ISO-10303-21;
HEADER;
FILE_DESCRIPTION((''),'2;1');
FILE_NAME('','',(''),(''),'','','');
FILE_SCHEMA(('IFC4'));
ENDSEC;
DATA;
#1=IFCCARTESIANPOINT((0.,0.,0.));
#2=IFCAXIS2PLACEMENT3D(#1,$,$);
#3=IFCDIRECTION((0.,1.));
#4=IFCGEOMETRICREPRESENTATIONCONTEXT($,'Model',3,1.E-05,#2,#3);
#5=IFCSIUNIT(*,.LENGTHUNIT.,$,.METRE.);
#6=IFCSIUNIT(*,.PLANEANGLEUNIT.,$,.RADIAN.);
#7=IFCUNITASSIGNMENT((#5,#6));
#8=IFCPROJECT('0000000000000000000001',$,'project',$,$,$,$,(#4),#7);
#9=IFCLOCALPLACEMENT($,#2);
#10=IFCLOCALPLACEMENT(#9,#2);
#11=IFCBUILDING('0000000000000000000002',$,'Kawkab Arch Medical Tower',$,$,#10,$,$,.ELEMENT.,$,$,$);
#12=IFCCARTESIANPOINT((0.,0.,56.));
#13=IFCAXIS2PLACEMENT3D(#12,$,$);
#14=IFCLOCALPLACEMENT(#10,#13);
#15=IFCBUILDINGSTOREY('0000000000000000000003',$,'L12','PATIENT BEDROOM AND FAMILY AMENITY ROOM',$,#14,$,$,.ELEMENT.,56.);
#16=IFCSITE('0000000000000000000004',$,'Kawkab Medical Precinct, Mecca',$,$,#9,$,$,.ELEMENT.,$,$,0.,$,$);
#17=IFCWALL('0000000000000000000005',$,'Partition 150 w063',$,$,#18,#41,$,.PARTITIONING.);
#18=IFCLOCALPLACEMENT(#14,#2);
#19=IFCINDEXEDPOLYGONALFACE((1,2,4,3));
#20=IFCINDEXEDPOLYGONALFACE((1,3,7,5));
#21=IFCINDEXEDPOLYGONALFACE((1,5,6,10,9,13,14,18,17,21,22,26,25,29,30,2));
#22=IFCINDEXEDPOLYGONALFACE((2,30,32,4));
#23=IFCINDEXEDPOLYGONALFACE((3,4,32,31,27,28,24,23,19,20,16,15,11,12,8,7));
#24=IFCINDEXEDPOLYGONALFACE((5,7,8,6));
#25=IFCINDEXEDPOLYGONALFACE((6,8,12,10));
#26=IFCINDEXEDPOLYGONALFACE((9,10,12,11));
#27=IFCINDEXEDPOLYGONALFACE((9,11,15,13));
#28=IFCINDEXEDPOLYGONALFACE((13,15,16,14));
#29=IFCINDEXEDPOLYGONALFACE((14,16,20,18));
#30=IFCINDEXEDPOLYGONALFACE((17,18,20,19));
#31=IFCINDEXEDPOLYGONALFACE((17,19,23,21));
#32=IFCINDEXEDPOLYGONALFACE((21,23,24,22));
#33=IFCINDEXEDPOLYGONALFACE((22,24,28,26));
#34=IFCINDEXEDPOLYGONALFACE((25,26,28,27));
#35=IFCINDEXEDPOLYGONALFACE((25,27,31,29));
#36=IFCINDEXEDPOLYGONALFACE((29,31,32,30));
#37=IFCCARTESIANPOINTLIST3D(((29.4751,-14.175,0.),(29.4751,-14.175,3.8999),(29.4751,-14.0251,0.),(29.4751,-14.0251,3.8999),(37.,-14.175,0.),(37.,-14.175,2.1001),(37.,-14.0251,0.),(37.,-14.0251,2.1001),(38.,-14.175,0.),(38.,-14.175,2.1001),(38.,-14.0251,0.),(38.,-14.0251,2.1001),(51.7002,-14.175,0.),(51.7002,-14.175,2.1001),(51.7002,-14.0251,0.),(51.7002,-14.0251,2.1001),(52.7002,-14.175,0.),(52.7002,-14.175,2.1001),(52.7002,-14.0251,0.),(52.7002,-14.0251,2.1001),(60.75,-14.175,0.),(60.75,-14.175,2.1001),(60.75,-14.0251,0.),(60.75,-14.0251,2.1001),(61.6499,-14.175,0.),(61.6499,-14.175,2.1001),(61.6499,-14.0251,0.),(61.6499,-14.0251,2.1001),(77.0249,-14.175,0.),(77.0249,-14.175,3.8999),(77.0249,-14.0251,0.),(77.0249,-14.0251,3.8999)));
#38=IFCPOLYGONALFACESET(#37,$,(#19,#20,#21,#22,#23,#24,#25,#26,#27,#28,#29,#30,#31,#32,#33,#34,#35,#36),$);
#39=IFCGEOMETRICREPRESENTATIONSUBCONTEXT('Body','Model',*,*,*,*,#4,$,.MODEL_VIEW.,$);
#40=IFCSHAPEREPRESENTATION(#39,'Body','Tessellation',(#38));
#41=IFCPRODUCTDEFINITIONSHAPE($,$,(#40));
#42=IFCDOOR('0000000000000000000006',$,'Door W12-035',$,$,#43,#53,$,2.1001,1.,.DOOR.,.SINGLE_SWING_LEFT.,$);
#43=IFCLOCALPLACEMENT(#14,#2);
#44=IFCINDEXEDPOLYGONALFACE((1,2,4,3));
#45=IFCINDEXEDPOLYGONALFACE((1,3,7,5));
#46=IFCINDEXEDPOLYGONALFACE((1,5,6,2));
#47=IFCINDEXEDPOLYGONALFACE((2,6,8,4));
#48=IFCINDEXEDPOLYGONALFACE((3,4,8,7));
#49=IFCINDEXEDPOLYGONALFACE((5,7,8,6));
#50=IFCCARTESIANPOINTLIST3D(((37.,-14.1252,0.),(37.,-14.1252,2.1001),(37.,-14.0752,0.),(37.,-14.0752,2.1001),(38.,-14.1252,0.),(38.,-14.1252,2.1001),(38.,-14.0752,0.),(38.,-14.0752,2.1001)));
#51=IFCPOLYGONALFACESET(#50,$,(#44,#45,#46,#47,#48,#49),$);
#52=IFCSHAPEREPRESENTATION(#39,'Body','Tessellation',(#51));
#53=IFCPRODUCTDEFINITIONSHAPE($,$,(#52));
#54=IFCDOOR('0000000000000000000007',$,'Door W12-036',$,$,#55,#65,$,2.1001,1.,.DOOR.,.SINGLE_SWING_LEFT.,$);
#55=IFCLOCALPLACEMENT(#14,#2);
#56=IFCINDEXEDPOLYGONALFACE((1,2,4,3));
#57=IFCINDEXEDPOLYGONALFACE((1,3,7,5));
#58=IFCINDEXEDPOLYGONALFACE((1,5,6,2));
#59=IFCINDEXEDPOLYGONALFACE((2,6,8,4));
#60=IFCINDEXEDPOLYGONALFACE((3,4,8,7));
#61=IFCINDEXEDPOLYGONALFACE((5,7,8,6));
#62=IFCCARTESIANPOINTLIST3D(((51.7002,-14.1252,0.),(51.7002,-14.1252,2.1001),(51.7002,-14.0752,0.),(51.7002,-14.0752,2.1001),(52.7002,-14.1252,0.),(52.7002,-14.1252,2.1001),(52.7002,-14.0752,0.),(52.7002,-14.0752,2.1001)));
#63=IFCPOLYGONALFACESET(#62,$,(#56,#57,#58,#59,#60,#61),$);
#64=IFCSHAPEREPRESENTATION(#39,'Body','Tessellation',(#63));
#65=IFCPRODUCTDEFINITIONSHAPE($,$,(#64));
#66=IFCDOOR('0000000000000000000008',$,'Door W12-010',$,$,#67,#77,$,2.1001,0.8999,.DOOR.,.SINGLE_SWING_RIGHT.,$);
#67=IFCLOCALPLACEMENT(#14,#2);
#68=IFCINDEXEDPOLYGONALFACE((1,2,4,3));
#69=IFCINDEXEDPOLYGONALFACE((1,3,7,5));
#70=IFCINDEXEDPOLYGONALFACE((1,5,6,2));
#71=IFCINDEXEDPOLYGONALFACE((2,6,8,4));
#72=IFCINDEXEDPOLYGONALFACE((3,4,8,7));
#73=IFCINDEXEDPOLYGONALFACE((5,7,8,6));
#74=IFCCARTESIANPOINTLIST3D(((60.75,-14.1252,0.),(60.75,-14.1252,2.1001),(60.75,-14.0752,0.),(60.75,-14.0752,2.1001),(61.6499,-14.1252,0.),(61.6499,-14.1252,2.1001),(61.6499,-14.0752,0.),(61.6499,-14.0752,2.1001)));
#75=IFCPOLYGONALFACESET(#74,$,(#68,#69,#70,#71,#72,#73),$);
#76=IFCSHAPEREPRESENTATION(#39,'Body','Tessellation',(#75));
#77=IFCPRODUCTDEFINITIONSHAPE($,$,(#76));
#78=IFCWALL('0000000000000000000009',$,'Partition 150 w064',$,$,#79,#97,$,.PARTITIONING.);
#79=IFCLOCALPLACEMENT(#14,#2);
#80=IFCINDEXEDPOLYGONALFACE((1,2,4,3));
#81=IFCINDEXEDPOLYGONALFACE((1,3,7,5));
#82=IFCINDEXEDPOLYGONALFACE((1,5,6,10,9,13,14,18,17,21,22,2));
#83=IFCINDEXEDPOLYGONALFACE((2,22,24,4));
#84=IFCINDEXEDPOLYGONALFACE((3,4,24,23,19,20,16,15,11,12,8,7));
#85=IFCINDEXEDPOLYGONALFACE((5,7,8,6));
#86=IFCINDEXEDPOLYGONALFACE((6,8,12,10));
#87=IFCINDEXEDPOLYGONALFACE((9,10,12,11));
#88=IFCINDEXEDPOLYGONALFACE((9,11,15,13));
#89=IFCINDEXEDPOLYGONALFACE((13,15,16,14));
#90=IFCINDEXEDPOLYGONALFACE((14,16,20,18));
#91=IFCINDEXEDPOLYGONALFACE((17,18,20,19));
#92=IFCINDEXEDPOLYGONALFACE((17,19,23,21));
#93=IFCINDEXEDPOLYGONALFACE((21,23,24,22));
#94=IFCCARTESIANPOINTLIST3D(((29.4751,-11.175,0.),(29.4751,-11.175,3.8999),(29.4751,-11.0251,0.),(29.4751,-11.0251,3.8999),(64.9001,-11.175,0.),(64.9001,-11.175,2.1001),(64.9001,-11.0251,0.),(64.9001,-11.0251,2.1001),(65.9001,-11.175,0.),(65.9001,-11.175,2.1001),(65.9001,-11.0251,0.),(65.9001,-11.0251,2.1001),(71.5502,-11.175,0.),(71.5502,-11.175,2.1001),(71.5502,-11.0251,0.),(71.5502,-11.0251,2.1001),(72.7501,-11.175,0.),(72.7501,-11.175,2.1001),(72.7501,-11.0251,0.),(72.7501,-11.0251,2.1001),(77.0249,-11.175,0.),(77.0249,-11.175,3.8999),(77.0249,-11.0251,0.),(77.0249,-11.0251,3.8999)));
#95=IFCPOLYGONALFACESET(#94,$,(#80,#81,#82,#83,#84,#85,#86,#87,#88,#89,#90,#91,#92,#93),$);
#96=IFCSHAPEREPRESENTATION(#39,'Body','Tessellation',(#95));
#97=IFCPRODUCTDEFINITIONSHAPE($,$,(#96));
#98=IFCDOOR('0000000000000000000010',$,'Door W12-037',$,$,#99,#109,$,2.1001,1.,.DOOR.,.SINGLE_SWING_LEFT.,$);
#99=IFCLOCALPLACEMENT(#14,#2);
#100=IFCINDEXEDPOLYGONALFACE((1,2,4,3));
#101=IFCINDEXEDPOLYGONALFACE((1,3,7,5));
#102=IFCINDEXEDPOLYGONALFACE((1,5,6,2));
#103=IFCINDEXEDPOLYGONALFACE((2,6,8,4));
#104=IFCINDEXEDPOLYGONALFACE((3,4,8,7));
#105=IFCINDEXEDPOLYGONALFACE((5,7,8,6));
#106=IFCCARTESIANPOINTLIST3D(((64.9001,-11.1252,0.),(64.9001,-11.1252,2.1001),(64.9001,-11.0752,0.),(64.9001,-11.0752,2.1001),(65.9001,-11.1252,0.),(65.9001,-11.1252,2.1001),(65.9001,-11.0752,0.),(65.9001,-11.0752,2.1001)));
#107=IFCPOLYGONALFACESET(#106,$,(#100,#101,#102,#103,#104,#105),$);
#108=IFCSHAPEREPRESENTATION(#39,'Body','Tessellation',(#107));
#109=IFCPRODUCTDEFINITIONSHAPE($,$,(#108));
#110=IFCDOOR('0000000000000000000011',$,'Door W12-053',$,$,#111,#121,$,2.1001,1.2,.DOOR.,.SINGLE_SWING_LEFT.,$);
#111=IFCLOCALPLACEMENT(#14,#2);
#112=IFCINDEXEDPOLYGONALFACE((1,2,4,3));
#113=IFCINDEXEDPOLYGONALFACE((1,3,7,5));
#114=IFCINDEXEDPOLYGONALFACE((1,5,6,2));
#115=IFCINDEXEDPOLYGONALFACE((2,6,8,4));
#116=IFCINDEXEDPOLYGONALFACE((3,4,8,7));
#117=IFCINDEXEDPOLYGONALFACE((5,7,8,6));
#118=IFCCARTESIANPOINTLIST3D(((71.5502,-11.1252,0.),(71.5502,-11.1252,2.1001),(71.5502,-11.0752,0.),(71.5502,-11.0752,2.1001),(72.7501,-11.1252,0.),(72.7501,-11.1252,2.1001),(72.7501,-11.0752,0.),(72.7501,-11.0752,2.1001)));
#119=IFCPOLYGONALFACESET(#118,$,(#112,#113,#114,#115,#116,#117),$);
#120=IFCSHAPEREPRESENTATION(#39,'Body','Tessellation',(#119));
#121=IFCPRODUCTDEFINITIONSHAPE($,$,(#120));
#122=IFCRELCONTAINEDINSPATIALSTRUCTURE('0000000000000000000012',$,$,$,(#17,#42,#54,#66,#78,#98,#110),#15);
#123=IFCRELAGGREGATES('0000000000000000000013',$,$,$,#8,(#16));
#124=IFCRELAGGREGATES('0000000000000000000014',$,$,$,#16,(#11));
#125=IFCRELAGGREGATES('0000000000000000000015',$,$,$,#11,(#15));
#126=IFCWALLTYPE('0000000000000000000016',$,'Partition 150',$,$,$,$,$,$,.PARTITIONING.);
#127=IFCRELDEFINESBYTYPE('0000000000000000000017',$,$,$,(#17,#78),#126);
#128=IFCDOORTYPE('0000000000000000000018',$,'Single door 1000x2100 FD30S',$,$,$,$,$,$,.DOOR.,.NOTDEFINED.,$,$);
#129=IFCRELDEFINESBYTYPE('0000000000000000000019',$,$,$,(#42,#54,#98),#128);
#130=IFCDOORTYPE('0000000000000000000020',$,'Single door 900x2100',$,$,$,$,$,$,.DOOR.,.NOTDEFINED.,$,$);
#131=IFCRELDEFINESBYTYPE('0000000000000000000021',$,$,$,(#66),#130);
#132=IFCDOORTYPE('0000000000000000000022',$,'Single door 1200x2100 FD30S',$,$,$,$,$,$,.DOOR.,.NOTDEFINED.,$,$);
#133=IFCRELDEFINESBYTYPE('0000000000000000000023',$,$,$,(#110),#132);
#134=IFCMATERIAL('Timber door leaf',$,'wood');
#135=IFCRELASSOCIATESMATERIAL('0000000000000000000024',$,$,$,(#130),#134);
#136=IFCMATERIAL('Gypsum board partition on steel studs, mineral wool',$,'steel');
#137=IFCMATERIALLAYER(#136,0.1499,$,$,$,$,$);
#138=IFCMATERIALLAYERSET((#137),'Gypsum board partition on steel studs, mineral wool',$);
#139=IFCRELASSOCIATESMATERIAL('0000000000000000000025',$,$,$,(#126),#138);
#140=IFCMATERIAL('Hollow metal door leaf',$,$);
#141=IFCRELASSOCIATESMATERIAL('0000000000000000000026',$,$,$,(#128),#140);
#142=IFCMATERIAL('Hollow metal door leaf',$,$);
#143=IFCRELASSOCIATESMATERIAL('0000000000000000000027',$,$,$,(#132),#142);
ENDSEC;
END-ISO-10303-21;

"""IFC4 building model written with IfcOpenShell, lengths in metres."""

from ifc_helpers import new_model, si_unit, direction, frame, frame_2d, origin, place, context, subcontext, project, spatial, rectangle, extrude, material, layer, layer_set, type_object, element, fill, save


model = new_model("IFC4")

# Units and contexts
model_context = context("Model", 3, precision=1e-05, world=origin(), true_north=direction((0.0, 1.0)))
body_context = subcontext(model_context, "Body", "Model", "MODEL_VIEW")
ifc_project = project(units=[si_unit("LENGTHUNIT", "METRE"), si_unit("PLANEANGLEUNIT", "RADIAN")], contexts=[model_context])

# Site, building, storey
site_placement = place(None, origin())
site = spatial("IfcSite", under=ifc_project, at=site_placement, Name="Kawkab Medical Precinct, Mecca", CompositionType="ELEMENT", RefElevation=0.0)
building_placement = place(site_placement, origin())
building = spatial("IfcBuilding", under=site, at=building_placement, Name="Kawkab Arch Medical Tower", CompositionType="ELEMENT")
storey_placement = place(building_placement, frame((0.0, 0.0, 56.0)))
storey = spatial("IfcBuildingStorey", under=building, at=storey_placement, Name="L12", Description="PATIENT BEDROOM AND FAMILY AMENITY ROOM", CompositionType="ELEMENT", Elevation=56.0)

# Shared definitions
ifc_material_1 = material(Name="Timber door leaf", Category="wood")
door_type_1 = type_object("IfcDoorType", Name="Single door 900x2100", OperationType="NOTDEFINED", PredefinedType="DOOR", material=ifc_material_1)

# Walls, openings, doors
ifc_material_2 = material(Name="Gypsum board partition on steel studs, mineral wool", Category="steel")
ifc_layer_1 = layer(ifc_material_2, 0.1499)
ifc_layer_set_1 = layer_set([ifc_layer_1], Name="Gypsum board partition on steel studs, mineral wool")
wall_type_1 = type_object("IfcWallType", Name="Partition 150", PredefinedType="PARTITIONING", material=ifc_layer_set_1)
wall_1_placement = place(storey_placement, frame((29.4751, -14.1001, 0.0), z_axis=(0.0, 0.0, 1.0), x_axis=(1.0, 0.0, 0.0)))
wall_1 = element("IfcWall", 1, at=wall_1_placement, inside=storey, type_object=wall_type_1, Name="Partition 150 w063", PredefinedType="PARTITIONING", context=body_context, shape_type="SweptSolid", body=[
    extrude(rectangle(XDim=47.5498, YDim=0.1499, at=frame_2d((23.7749, 0.0))), origin(), (0.0, 0.0, 1.0), 3.8999),
])
opening_1_placement = place(wall_1_placement, frame((7.5249, 0.0, 0.0)))
opening_1 = element("IfcOpeningElement", 2, at=opening_1_placement, cuts=wall_1, PredefinedType="OPENING", context=body_context, shape_type="SweptSolid", body=[
    extrude(rectangle(XDim=1.0, YDim=2.1001, at=frame_2d((0.5, 1.05))), frame((0.0, 0.085, 0.0), z_axis=(0.0, -1.0, 0.0), x_axis=(1.0, 0.0, 0.0)), (0.0, 0.0, 1.0), 0.1699),
])
opening_2_placement = place(wall_1_placement, frame((22.2251, 0.0, 0.0)))
opening_2 = element("IfcOpeningElement", 3, at=opening_2_placement, cuts=wall_1, PredefinedType="OPENING", context=body_context, shape_type="SweptSolid", body=[
    extrude(rectangle(XDim=1.0, YDim=2.1001, at=frame_2d((0.5, 1.05))), frame((0.0, 0.085, 0.0), z_axis=(0.0, -1.0, 0.0), x_axis=(1.0, 0.0, 0.0)), (0.0, 0.0, 1.0), 0.1699),
])
opening_3_placement = place(wall_1_placement, frame((31.2749, 0.0, 0.0)))
opening_3 = element("IfcOpeningElement", 4, at=opening_3_placement, cuts=wall_1, PredefinedType="OPENING", context=body_context, shape_type="SweptSolid", body=[
    extrude(rectangle(XDim=0.8999, YDim=2.1001, at=frame_2d((0.45, 1.05))), frame((0.0, 0.085, 0.0), z_axis=(0.0, -1.0, 0.0), x_axis=(1.0, 0.0, 0.0)), (0.0, 0.0, 1.0), 0.1699),
])
ifc_material_3 = material(Name="Hollow metal door leaf")
door_type_2 = type_object("IfcDoorType", Name="Single door 1000x2100 FD30S", OperationType="NOTDEFINED", PredefinedType="DOOR", material=ifc_material_3)
door_1_placement = place(opening_1_placement, origin())
door_1 = element("IfcDoor", 5, at=door_1_placement, inside=storey, type_object=door_type_2, Name="Door W12-035", OperationType="SINGLE_SWING_LEFT", OverallHeight=2.1001, OverallWidth=1.0, PredefinedType="DOOR", context=body_context, shape_type="SweptSolid", body=[
    extrude(rectangle(XDim=1.0, YDim=2.1001, at=frame_2d((0.5, 1.05))), frame((0.0, 0.0249, 0.0), z_axis=(0.0, -1.0, 0.0), x_axis=(1.0, 0.0, 0.0)), (0.0, 0.0, 1.0), 0.05),
])
fill(opening_1, door_1)
door_2_placement = place(opening_2_placement, origin())
door_2 = element("IfcDoor", 6, at=door_2_placement, inside=storey, type_object=door_type_2, Name="Door W12-036", OperationType="SINGLE_SWING_LEFT", OverallHeight=2.1001, OverallWidth=1.0, PredefinedType="DOOR", context=body_context, shape_type="SweptSolid", body=[
    extrude(rectangle(XDim=1.0, YDim=2.1001, at=frame_2d((0.5, 1.05))), frame((0.0, 0.0249, 0.0), z_axis=(0.0, -1.0, 0.0), x_axis=(1.0, 0.0, 0.0)), (0.0, 0.0, 1.0), 0.05),
])
fill(opening_2, door_2)
door_3_placement = place(opening_3_placement, origin())
door_3 = element("IfcDoor", 7, at=door_3_placement, inside=storey, type_object=door_type_1, Name="Door W12-010", OperationType="SINGLE_SWING_RIGHT", OverallHeight=2.1001, OverallWidth=0.8999, PredefinedType="DOOR", context=body_context, shape_type="SweptSolid", body=[
    extrude(rectangle(XDim=0.8999, YDim=2.1001, at=frame_2d((0.45, 1.05))), frame((0.0, 0.0249, 0.0), z_axis=(0.0, -1.0, 0.0), x_axis=(1.0, 0.0, 0.0)), (0.0, 0.0, 1.0), 0.05),
])
fill(opening_3, door_3)
wall_2_placement = place(storey_placement, frame((29.4751, -11.1001, 0.0), z_axis=(0.0, 0.0, 1.0), x_axis=(1.0, 0.0, 0.0)))
wall_2 = element("IfcWall", 8, at=wall_2_placement, inside=storey, type_object=wall_type_1, Name="Partition 150 w064", PredefinedType="PARTITIONING", context=body_context, shape_type="SweptSolid", body=[
    extrude(rectangle(XDim=47.5498, YDim=0.1499, at=frame_2d((23.7749, 0.0))), origin(), (0.0, 0.0, 1.0), 3.8999),
])
opening_4_placement = place(wall_2_placement, frame((35.425, 0.0, 0.0)))
opening_4 = element("IfcOpeningElement", 9, at=opening_4_placement, cuts=wall_2, PredefinedType="OPENING", context=body_context, shape_type="SweptSolid", body=[
    extrude(rectangle(XDim=1.0, YDim=2.1001, at=frame_2d((0.5, 1.05))), frame((0.0, 0.085, 0.0), z_axis=(0.0, -1.0, 0.0), x_axis=(1.0, 0.0, 0.0)), (0.0, 0.0, 1.0), 0.1699),
])
opening_5_placement = place(wall_2_placement, frame((42.075, 0.0, 0.0)))
opening_5 = element("IfcOpeningElement", 10, at=opening_5_placement, cuts=wall_2, PredefinedType="OPENING", context=body_context, shape_type="SweptSolid", body=[
    extrude(rectangle(XDim=1.2, YDim=2.1001, at=frame_2d((0.6001, 1.05))), frame((0.0, 0.085, 0.0), z_axis=(0.0, -1.0, 0.0), x_axis=(1.0, 0.0, 0.0)), (0.0, 0.0, 1.0), 0.1699),
])
door_4_placement = place(opening_4_placement, origin())
door_4 = element("IfcDoor", 11, at=door_4_placement, inside=storey, type_object=door_type_2, Name="Door W12-037", OperationType="SINGLE_SWING_LEFT", OverallHeight=2.1001, OverallWidth=1.0, PredefinedType="DOOR", context=body_context, shape_type="SweptSolid", body=[
    extrude(rectangle(XDim=1.0, YDim=2.1001, at=frame_2d((0.5, 1.05))), frame((0.0, 0.0249, 0.0), z_axis=(0.0, -1.0, 0.0), x_axis=(1.0, 0.0, 0.0)), (0.0, 0.0, 1.0), 0.05),
])
fill(opening_4, door_4)
ifc_material_4 = material(Name="Hollow metal door leaf")
door_type_3 = type_object("IfcDoorType", Name="Single door 1200x2100 FD30S", OperationType="NOTDEFINED", PredefinedType="DOOR", material=ifc_material_4)
door_5_placement = place(opening_5_placement, origin())
door_5 = element("IfcDoor", 12, at=door_5_placement, inside=storey, type_object=door_type_3, Name="Door W12-053", OperationType="SINGLE_SWING_LEFT", OverallHeight=2.1001, OverallWidth=1.2, PredefinedType="DOOR", context=body_context, shape_type="SweptSolid", body=[
    extrude(rectangle(XDim=1.2, YDim=2.1001, at=frame_2d((0.6001, 1.05))), frame((0.0, 0.0249, 0.0), z_axis=(0.0, -1.0, 0.0), x_axis=(1.0, 0.0, 0.0)), (0.0, 0.0, 1.0), 0.05),
])
fill(opening_5, door_5)

save(model, "model.ifc")
